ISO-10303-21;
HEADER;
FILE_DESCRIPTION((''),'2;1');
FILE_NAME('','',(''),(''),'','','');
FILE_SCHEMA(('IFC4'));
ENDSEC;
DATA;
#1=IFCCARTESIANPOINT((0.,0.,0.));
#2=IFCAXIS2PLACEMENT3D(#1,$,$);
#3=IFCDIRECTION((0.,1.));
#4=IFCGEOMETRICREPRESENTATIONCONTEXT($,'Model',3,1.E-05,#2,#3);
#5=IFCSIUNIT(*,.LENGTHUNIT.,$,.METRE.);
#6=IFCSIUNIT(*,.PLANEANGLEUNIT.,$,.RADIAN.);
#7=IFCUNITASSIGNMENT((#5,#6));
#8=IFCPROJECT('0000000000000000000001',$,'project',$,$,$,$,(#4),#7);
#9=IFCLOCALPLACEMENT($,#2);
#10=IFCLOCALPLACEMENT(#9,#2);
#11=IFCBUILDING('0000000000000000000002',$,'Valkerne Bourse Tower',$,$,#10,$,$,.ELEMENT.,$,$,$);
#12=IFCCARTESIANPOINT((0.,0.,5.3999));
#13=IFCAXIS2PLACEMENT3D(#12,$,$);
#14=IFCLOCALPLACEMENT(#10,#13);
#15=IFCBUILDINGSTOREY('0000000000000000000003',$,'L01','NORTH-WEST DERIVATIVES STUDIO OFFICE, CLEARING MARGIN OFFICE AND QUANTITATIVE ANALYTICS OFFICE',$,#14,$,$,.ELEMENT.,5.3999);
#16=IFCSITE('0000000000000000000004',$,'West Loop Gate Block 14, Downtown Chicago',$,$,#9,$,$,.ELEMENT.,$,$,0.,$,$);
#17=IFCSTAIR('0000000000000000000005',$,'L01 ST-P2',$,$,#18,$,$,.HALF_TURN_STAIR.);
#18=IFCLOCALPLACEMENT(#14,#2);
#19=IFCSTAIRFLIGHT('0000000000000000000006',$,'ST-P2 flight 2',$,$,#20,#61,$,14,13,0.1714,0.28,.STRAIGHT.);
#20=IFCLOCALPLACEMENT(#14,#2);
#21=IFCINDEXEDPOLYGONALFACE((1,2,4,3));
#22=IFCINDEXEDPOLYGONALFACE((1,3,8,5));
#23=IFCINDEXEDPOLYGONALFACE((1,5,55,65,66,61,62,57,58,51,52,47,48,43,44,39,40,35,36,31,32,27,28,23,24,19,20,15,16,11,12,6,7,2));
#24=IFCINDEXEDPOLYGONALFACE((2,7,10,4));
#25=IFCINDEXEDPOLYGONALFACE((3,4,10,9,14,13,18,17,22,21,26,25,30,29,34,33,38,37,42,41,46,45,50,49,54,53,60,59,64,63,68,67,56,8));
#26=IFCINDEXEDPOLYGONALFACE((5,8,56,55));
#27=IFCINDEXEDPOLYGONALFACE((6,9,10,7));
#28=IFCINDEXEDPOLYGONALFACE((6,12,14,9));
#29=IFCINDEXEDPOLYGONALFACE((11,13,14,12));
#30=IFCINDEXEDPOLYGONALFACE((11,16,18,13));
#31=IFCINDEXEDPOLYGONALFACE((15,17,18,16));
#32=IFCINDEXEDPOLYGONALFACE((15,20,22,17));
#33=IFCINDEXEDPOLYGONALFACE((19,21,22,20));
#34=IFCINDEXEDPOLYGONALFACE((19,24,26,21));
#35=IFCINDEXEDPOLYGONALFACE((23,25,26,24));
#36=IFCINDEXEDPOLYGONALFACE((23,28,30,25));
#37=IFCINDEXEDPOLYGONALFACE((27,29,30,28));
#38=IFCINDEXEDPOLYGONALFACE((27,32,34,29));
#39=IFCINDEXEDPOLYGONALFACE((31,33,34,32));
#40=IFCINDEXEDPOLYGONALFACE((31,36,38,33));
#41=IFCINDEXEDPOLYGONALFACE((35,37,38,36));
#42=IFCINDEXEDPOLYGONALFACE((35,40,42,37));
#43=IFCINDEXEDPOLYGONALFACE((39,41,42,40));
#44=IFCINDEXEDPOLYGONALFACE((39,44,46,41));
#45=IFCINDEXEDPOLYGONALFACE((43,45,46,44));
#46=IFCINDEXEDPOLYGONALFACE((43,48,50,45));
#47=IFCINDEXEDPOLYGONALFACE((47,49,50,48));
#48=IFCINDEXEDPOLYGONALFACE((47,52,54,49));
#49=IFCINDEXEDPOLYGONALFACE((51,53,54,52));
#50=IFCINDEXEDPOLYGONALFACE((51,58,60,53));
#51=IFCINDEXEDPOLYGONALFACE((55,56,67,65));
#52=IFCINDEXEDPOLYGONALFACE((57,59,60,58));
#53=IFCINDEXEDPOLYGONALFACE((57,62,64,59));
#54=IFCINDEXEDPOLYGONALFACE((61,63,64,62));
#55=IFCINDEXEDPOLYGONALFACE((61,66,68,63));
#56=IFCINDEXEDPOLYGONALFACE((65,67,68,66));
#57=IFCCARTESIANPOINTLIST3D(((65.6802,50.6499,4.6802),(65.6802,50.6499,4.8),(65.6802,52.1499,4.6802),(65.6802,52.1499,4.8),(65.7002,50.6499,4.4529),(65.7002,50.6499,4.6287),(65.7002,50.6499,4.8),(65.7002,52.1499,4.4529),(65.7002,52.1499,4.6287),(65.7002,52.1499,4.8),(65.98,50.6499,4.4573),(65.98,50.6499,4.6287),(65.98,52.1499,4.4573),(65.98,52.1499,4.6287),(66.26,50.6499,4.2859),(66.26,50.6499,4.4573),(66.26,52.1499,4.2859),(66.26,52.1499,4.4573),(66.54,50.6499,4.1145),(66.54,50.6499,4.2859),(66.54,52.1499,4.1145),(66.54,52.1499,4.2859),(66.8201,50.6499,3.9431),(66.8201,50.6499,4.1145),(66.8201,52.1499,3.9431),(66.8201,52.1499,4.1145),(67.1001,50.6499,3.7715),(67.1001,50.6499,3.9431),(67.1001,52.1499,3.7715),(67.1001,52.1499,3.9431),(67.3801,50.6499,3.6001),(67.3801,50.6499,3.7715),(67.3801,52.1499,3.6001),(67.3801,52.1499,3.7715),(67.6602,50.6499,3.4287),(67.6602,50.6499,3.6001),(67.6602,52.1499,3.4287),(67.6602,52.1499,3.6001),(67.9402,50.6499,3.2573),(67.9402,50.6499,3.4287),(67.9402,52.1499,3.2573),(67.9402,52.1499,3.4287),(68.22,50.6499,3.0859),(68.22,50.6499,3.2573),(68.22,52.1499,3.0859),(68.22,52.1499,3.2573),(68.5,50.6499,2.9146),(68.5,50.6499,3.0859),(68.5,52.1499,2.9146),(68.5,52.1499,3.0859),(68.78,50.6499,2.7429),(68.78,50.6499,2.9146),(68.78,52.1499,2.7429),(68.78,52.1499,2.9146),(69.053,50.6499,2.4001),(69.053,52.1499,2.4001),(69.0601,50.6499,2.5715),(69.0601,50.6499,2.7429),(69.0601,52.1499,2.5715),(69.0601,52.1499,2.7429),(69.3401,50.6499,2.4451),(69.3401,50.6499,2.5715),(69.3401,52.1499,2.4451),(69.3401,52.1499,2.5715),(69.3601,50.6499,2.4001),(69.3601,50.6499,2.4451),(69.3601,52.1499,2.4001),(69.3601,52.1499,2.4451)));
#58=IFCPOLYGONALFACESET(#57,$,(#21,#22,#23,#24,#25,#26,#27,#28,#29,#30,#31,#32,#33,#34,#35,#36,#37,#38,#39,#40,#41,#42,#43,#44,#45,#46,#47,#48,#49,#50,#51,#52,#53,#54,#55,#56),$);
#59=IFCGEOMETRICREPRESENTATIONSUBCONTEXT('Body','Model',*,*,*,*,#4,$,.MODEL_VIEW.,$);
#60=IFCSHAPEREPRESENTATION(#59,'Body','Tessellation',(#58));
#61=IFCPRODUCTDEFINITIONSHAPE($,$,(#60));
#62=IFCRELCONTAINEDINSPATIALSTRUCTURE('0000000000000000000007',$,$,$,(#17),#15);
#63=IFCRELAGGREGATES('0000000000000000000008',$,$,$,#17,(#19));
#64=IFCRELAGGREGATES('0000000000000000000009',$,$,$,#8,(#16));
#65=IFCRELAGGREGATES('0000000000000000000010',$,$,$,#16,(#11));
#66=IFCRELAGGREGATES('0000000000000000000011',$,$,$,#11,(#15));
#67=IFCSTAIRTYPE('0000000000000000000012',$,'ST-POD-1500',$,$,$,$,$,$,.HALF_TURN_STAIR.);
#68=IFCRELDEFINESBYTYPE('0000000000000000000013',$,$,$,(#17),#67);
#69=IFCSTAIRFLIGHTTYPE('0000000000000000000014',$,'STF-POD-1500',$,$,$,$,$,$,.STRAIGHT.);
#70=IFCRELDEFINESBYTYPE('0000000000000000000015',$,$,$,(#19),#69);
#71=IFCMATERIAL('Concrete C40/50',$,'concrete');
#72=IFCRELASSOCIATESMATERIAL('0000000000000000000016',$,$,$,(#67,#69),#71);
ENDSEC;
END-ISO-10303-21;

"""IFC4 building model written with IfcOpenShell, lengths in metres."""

from ifc_helpers import new_model, si_unit, direction, frame, origin, place, context, subcontext, project, spatial, polyline, outline, extrude, material, type_object, element, aggregate, save


model = new_model("IFC4")

# Units and contexts
model_context = context("Model", 3, precision=1e-05, world=origin(), true_north=direction((0.0, 1.0)))
body_context = subcontext(model_context, "Body", "Model", "MODEL_VIEW")
ifc_project = project(units=[si_unit("LENGTHUNIT", "METRE"), si_unit("PLANEANGLEUNIT", "RADIAN")], contexts=[model_context])

# Site, building, storey
site_placement = place(None, origin())
site = spatial("IfcSite", under=ifc_project, at=site_placement, Name="West Loop Gate Block 14, Downtown Chicago", CompositionType="ELEMENT", RefElevation=0.0)
building_placement = place(site_placement, origin())
building = spatial("IfcBuilding", under=site, at=building_placement, Name="Valkerne Bourse Tower", CompositionType="ELEMENT")
storey_placement = place(building_placement, frame((0.0, 0.0, 5.3999)))
storey = spatial("IfcBuildingStorey", under=building, at=storey_placement, Name="L01", Description="NORTH-WEST DERIVATIVES STUDIO OFFICE, CLEARING MARGIN OFFICE AND QUANTITATIVE ANALYTICS OFFICE", CompositionType="ELEMENT", Elevation=5.3999)

# Shared definitions
ifc_material_1 = material(Name="Concrete C40/50", Category="concrete")

# Stair, stair flight
stair_type = type_object("IfcStairType", Name="ST-POD-1500", PredefinedType="HALF_TURN_STAIR", material=ifc_material_1)
stair_placement = place(storey_placement, origin())
stair = element("IfcStair", 1, at=stair_placement, inside=storey, type_object=stair_type, Name="L01 ST-P2", PredefinedType="HALF_TURN_STAIR")
stair_flight_type = type_object("IfcStairFlightType", Name="STF-POD-1500", PredefinedType="STRAIGHT", material=ifc_material_1)
stair_flight_1_placement = place(storey_placement, frame((69.3401, 51.3999, 2.4001), z_axis=(0.0, 0.0, 1.0), x_axis=(-1.0, 0.0, 0.0)))
stair_flight_1 = element("IfcStairFlight", 2, at=stair_flight_1_placement, type_object=stair_flight_type, Name="ST-P2 flight 2", NumberOfRisers=14, NumberOfTreads=13, PredefinedType="STRAIGHT", RiserHeight=0.1714, TreadLength=0.28, context=body_context, shape_type="SweptSolid", body=[
    extrude(outline(polyline([(-0.02, 0.0), (-0.02, 0.0449), (0.0, 0.0449), (0.0, 0.1714), (0.28, 0.1714), (0.28, 0.3428), (0.5601, 0.3428), (0.5601, 0.5144), (0.8401, 0.5144), (0.8401, 0.6858), (1.1201, 0.6858), (1.1201, 0.8572), (1.3999, 0.8572), (1.3999, 1.0286), (1.6799, 1.0286), (1.6799, 1.2), (1.96, 1.2), (1.96, 1.3713), (2.24, 1.3713), (2.24, 1.543), (2.52, 1.543), (2.52, 1.7144), (2.8, 1.7144), (2.8, 1.8857), (3.0801, 1.8857), (3.0801, 2.0571), (3.3601, 2.0571), (3.3601, 2.2285), (3.6399, 2.2285), (3.6399, 2.3999), (3.6599, 2.3999), (3.6599, 2.28), (3.6399, 2.0527), (0.2871, 0.0), (-0.02, 0.0)])), frame((0.0, 0.75, 0.0), z_axis=(0.0, -1.0, 0.0), x_axis=(1.0, 0.0, 0.0)), (0.0, 0.0, 1.0), 1.5),
])
aggregate(stair, [stair_flight_1])

save(model, "model.ifc")
